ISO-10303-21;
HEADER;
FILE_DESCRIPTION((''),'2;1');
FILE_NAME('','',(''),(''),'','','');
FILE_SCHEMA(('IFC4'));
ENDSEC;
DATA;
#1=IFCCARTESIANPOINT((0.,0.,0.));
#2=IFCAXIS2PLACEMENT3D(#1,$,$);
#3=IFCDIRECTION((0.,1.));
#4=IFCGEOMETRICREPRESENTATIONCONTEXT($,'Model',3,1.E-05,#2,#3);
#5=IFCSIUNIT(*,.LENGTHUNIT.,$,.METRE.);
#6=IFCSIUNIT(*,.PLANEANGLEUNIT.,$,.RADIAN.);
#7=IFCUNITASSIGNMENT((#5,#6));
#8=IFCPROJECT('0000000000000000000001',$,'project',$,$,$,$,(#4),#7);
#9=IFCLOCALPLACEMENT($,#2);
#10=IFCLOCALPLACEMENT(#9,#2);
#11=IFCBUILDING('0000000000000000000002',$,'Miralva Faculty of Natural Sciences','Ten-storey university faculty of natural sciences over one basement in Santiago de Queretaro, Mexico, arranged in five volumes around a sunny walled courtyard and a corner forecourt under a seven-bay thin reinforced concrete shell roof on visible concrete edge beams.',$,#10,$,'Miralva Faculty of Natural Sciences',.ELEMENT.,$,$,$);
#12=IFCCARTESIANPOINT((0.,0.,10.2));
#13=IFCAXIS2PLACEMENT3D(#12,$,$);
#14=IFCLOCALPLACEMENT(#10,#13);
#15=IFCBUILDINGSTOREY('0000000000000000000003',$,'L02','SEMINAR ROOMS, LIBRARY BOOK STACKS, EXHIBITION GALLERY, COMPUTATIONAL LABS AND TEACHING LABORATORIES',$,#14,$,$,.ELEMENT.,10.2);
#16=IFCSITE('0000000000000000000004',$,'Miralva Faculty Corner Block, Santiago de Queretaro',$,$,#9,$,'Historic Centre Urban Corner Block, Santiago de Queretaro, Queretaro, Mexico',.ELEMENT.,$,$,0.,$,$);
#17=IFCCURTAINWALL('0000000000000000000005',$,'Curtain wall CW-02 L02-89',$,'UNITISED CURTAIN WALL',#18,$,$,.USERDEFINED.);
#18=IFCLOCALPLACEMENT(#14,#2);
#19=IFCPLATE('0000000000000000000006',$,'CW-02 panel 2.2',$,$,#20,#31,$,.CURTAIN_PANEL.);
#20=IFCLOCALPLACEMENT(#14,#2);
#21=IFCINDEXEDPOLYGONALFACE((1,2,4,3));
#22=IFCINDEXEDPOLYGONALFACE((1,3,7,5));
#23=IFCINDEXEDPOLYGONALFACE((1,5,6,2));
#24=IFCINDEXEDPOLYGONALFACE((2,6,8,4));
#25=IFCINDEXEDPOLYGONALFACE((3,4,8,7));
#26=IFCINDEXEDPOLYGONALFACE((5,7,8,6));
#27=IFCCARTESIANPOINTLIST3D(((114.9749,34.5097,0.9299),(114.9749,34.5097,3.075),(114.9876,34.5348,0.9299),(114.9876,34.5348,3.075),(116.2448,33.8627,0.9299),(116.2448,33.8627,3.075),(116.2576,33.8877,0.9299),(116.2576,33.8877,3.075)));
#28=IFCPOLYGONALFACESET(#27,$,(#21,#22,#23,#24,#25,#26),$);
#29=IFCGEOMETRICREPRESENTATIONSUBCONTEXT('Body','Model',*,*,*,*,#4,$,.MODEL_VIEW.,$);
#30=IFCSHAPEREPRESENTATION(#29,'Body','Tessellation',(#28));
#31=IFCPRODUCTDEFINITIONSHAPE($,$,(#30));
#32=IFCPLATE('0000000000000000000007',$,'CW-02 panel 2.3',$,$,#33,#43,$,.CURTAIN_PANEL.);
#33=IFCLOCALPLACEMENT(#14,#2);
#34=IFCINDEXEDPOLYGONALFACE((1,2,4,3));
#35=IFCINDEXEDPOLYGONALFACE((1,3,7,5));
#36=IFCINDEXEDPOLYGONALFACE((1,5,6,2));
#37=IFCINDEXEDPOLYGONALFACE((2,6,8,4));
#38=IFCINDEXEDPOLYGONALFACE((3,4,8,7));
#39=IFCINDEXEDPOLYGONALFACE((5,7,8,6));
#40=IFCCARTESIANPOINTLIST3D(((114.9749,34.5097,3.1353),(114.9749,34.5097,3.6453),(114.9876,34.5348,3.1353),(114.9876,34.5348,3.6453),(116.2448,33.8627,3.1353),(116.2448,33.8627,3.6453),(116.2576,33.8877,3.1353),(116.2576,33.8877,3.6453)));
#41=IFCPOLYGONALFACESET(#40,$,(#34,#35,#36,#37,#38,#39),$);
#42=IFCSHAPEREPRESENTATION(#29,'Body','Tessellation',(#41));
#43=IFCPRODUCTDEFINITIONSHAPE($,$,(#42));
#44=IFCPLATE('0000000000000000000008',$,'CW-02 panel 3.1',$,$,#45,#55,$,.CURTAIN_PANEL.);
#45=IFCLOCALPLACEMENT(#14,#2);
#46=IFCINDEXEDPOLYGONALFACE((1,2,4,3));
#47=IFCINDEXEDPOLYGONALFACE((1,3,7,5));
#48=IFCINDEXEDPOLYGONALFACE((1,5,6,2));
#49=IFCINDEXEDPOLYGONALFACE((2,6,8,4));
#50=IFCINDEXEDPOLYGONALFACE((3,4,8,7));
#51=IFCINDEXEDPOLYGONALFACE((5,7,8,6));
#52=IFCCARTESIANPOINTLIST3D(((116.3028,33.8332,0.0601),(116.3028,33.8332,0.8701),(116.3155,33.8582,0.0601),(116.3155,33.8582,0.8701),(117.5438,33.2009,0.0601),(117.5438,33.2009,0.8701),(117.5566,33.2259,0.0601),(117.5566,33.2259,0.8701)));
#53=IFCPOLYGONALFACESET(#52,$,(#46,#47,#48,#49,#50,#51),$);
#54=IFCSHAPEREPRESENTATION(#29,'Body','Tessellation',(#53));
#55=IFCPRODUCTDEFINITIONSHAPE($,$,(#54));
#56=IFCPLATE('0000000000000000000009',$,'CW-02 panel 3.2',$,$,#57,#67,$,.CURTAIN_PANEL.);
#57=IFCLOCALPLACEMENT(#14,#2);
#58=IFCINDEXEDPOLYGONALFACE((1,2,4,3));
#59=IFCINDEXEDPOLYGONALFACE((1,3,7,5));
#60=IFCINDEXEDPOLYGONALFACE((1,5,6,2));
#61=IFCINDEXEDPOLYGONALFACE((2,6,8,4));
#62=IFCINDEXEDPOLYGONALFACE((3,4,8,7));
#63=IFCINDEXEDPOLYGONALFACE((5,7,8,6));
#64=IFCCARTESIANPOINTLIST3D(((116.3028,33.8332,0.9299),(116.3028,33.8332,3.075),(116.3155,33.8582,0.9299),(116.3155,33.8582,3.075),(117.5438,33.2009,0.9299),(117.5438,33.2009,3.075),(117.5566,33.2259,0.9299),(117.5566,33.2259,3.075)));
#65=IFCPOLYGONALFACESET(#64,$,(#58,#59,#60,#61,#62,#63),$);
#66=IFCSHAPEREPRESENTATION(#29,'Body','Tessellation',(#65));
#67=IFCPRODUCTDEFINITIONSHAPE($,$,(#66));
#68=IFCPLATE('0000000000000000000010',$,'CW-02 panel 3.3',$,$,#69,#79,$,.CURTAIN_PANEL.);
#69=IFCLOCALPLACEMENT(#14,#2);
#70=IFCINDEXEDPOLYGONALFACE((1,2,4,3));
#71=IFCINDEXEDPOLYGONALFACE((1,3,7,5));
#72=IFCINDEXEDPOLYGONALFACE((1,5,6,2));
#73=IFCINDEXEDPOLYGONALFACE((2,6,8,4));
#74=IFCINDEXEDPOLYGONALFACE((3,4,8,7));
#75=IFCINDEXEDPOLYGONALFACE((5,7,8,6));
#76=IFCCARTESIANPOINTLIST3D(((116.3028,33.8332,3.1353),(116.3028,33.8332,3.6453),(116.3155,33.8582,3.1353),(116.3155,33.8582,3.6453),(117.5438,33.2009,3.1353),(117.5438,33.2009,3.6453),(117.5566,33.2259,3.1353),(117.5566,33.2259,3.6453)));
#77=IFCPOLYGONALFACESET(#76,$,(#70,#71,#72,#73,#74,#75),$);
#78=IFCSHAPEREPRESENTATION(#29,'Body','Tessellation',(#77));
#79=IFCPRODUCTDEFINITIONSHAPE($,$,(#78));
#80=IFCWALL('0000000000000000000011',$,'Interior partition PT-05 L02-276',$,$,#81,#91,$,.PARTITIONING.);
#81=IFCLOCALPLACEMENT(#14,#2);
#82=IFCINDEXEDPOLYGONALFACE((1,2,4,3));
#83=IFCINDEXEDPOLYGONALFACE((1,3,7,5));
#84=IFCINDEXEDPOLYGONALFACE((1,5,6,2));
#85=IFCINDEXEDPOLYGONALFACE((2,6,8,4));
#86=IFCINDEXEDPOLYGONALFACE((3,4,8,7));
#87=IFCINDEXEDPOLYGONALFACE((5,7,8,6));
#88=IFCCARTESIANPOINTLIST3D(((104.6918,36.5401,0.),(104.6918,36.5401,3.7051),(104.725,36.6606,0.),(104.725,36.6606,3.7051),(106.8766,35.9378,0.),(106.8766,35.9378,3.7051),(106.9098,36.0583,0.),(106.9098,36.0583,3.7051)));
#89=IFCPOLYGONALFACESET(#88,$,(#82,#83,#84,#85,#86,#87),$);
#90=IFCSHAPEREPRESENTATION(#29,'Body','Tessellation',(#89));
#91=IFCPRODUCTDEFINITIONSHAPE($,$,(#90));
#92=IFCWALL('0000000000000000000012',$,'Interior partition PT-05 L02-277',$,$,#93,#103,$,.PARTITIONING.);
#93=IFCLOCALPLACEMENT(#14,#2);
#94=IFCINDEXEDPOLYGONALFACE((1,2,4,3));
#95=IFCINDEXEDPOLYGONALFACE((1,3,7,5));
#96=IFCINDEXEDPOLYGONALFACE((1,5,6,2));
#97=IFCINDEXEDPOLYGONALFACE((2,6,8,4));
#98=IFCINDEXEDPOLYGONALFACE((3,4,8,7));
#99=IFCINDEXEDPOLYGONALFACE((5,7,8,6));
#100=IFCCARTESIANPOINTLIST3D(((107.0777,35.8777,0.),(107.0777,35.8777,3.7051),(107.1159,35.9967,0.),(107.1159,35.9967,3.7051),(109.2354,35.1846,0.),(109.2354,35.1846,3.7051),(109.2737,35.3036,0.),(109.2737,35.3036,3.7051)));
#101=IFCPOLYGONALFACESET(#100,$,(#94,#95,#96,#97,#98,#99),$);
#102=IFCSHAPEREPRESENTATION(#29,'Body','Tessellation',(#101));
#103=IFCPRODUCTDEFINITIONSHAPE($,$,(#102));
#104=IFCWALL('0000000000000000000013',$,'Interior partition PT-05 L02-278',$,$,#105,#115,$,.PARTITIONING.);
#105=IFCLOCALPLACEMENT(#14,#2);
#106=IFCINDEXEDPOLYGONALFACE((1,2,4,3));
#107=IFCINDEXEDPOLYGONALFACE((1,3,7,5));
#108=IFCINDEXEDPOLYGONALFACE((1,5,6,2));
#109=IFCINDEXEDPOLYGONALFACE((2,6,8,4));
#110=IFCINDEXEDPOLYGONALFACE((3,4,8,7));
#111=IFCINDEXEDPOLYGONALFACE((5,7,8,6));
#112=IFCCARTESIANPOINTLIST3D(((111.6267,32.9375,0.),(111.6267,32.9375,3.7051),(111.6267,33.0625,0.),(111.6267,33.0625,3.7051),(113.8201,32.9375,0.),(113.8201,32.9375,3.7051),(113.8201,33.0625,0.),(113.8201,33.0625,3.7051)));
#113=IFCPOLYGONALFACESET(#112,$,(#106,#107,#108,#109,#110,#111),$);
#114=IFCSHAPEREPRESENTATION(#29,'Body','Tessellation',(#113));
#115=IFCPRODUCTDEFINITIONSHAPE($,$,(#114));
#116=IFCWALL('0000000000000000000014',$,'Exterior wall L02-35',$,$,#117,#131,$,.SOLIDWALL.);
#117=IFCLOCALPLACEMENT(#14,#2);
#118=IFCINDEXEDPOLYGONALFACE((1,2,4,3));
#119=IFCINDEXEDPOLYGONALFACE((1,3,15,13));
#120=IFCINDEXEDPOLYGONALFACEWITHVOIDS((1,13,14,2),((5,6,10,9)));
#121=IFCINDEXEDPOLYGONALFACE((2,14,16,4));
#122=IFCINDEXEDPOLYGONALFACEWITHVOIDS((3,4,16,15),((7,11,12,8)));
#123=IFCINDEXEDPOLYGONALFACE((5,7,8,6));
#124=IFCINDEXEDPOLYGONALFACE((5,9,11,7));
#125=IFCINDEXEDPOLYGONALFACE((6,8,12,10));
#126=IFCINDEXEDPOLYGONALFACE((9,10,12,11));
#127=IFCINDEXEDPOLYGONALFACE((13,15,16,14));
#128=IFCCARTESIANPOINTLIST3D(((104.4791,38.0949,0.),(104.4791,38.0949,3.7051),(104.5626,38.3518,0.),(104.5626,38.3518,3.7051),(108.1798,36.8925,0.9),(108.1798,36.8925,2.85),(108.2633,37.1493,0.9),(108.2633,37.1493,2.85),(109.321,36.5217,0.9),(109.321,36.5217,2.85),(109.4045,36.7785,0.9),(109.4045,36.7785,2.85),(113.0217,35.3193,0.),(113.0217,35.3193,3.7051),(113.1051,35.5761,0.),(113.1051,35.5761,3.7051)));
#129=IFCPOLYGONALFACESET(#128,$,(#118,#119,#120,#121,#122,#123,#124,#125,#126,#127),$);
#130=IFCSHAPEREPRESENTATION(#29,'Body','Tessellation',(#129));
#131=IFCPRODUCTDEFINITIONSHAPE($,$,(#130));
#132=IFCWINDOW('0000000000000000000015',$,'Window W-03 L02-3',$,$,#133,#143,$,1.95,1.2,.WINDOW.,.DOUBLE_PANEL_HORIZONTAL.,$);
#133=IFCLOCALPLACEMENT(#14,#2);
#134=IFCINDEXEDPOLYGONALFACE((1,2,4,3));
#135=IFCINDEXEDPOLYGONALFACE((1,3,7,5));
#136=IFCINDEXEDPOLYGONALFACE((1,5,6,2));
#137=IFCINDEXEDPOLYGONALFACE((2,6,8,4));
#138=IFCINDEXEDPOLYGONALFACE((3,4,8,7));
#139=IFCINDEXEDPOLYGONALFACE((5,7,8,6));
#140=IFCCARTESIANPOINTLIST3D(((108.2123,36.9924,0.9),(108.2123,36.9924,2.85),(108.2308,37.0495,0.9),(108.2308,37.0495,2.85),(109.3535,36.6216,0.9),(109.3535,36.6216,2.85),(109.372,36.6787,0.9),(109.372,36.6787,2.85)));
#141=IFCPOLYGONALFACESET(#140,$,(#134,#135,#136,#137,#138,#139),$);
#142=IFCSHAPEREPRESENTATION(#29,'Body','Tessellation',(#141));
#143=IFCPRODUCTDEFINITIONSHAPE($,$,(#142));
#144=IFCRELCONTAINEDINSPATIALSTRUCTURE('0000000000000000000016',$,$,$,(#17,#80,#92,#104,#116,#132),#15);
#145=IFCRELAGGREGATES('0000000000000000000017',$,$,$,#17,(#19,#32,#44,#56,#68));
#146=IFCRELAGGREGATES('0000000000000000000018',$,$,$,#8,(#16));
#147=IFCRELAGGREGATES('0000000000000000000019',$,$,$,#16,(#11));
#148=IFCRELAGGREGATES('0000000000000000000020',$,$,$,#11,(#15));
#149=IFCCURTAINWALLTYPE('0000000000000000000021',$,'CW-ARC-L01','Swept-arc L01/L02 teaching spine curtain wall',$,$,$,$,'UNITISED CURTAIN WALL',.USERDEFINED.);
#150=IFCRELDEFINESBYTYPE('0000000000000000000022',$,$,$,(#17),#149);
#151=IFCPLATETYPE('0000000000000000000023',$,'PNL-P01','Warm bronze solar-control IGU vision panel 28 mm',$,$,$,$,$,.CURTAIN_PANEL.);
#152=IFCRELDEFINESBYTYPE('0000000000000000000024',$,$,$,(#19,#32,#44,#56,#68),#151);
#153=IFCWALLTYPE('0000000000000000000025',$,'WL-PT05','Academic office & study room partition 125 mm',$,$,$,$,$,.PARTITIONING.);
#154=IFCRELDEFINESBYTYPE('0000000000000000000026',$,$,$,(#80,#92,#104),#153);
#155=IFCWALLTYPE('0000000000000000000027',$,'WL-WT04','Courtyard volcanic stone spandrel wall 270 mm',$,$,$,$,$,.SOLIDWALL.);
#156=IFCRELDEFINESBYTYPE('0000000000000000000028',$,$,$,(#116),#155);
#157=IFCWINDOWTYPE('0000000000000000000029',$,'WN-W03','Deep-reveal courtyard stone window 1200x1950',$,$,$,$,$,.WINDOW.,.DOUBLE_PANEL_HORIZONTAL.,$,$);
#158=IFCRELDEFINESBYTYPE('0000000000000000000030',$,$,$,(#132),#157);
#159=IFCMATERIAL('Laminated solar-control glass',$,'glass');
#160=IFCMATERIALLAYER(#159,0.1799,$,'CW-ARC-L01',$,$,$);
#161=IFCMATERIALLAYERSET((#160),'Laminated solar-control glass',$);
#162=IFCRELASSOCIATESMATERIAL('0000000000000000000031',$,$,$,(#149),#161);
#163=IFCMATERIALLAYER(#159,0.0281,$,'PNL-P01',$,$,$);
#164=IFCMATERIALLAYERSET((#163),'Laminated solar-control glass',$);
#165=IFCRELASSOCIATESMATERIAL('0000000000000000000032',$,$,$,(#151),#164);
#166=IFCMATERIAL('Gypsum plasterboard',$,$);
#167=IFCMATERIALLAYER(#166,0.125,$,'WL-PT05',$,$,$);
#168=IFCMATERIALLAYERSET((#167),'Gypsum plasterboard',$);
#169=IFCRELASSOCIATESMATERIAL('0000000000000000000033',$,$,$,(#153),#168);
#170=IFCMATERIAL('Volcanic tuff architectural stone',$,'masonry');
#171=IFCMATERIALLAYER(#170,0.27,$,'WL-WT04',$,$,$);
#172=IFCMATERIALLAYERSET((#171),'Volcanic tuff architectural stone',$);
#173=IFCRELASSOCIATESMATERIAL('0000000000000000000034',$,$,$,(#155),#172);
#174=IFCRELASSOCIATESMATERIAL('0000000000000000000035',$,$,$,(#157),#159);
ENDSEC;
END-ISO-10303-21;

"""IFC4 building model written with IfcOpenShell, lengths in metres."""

from ifc_helpers import new_model, si_unit, direction, frame, frame_2d, origin, origin_2d, place, context, subcontext, project, spatial, rectangle, extrude, material, layer, layer_set, type_object, element, fill, aggregate, save


model = new_model("IFC4")

# Units and contexts
model_context = context("Model", 3, precision=1e-05, world=origin(), true_north=direction((0.0, 1.0)))
body_context = subcontext(model_context, "Body", "Model", "MODEL_VIEW")
ifc_project = project(units=[si_unit("LENGTHUNIT", "METRE"), si_unit("PLANEANGLEUNIT", "RADIAN")], contexts=[model_context])

# Site, building, storey
site_placement = place(None, origin())
site = spatial("IfcSite", under=ifc_project, at=site_placement, Name="Miralva Faculty Corner Block, Santiago de Queretaro", LongName="Historic Centre Urban Corner Block, Santiago de Queretaro, Queretaro, Mexico", CompositionType="ELEMENT", RefElevation=0.0)
building_placement = place(site_placement, origin())
building = spatial("IfcBuilding", under=site, at=building_placement, Name="Miralva Faculty of Natural Sciences", Description="Ten-storey university faculty of natural sciences over one basement in Santiago de Queretaro, Mexico, arranged in five volumes around a sunny walled courtyard and a corner forecourt under a seven-bay thin reinforced concrete shell roof on visible concrete edge beams.", LongName="Miralva Faculty of Natural Sciences", CompositionType="ELEMENT")
storey_placement = place(building_placement, frame((0.0, 0.0, 10.2)))
storey = spatial("IfcBuildingStorey", under=building, at=storey_placement, Name="L02", Description="SEMINAR ROOMS, LIBRARY BOOK STACKS, EXHIBITION GALLERY, COMPUTATIONAL LABS AND TEACHING LABORATORIES", CompositionType="ELEMENT", Elevation=10.2)

# Shared definitions
ifc_material_1 = material(Name="Laminated solar-control glass", Category="glass")
ifc_layer_1 = layer(ifc_material_1, 0.1799, Name="CW-ARC-L01")
ifc_layer_set_1 = layer_set([ifc_layer_1], Name="Laminated solar-control glass")
curtain_wall_type = type_object("IfcCurtainWallType", Name="CW-ARC-L01", Description="Swept-arc L01/L02 teaching spine curtain wall", ElementType="UNITISED CURTAIN WALL", PredefinedType="USERDEFINED", material=ifc_layer_set_1)

# Curtain wall
curtain_wall_1_placement = place(storey_placement, origin())
curtain_wall_1 = element("IfcCurtainWall", 1, at=curtain_wall_1_placement, inside=storey, type_object=curtain_wall_type, Name="Curtain wall CW-02 L02-89", ObjectType="UNITISED CURTAIN WALL", PredefinedType="USERDEFINED")

# Plates
ifc_layer_2 = layer(ifc_material_1, 0.0281, Name="PNL-P01")
ifc_layer_set_2 = layer_set([ifc_layer_2], Name="Laminated solar-control glass")
plate_type = type_object("IfcPlateType", Name="PNL-P01", Description="Warm bronze solar-control IGU vision panel 28 mm", PredefinedType="CURTAIN_PANEL", material=ifc_layer_set_2)
plate_1_placement = place(storey_placement, frame((115.6162, 34.1987, 0.9299), z_axis=(0.0, 0.0, 1.0), x_axis=(0.891015, -0.453973, 0.0)))
plate_1 = element("IfcPlate", 2, at=plate_1_placement, type_object=plate_type, Name="CW-02 panel 2.2", PredefinedType="CURTAIN_PANEL", context=body_context, shape_type="SweptSolid", body=[
    extrude(rectangle(XDim=1.4253, YDim=0.0281, at=origin_2d()), origin(), (0.0, 0.0, 1.0), 2.145),
])
plate_2_placement = place(storey_placement, frame((115.6162, 34.1987, 3.1353), z_axis=(0.0, 0.0, 1.0), x_axis=(0.891015, -0.453973, 0.0)))
plate_2 = element("IfcPlate", 3, at=plate_2_placement, type_object=plate_type, Name="CW-02 panel 2.3", PredefinedType="CURTAIN_PANEL", context=body_context, shape_type="SweptSolid", body=[
    extrude(rectangle(XDim=1.4253, YDim=0.0281, at=origin_2d()), origin(), (0.0, 0.0, 1.0), 0.51),
])
plate_3_placement = place(storey_placement, frame((116.9297, 33.5295, 0.0601), z_axis=(0.0, 0.0, 1.0), x_axis=(0.891015, -0.453973, 0.0)))
plate_3 = element("IfcPlate", 4, at=plate_3_placement, type_object=plate_type, Name="CW-02 panel 3.1", PredefinedType="CURTAIN_PANEL", context=body_context, shape_type="SweptSolid", body=[
    extrude(rectangle(XDim=1.3928, YDim=0.0281, at=origin_2d()), origin(), (0.0, 0.0, 1.0), 0.8101),
])
plate_4_placement = place(storey_placement, frame((116.9297, 33.5295, 0.9299), z_axis=(0.0, 0.0, 1.0), x_axis=(0.891015, -0.453973, 0.0)))
plate_4 = element("IfcPlate", 5, at=plate_4_placement, type_object=plate_type, Name="CW-02 panel 3.2", PredefinedType="CURTAIN_PANEL", context=body_context, shape_type="SweptSolid", body=[
    extrude(rectangle(XDim=1.3928, YDim=0.0281, at=origin_2d()), origin(), (0.0, 0.0, 1.0), 2.145),
])
plate_5_placement = place(storey_placement, frame((116.9297, 33.5295, 3.1353), z_axis=(0.0, 0.0, 1.0), x_axis=(0.891015, -0.453973, 0.0)))
plate_5 = element("IfcPlate", 6, at=plate_5_placement, type_object=plate_type, Name="CW-02 panel 3.3", PredefinedType="CURTAIN_PANEL", context=body_context, shape_type="SweptSolid", body=[
    extrude(rectangle(XDim=1.3928, YDim=0.0281, at=origin_2d()), origin(), (0.0, 0.0, 1.0), 0.51),
])
aggregate(curtain_wall_1, [plate_1, plate_2, plate_3, plate_4, plate_5])

# Walls
ifc_material_2 = material(Name="Gypsum plasterboard")
ifc_layer_3 = layer(ifc_material_2, 0.125, Name="WL-PT05")
ifc_layer_set_3 = layer_set([ifc_layer_3], Name="Gypsum plasterboard")
wall_type_1 = type_object("IfcWallType", Name="WL-PT05", Description="Academic office & study room partition 125 mm", PredefinedType="PARTITIONING", material=ifc_layer_set_3)
for number, where, z_axis, x_axis, name in (
    (7, (104.7083, 36.6003, 0.0), (0.0, 0.0, 1.0), (0.964039, -0.26576, 0.0), "Interior partition PT-05 L02-276"),
    (8, (107.0967, 35.9373, 0.0), (0.0, 0.0, 1.0), (0.952085, -0.305835, 0.0), "Interior partition PT-05 L02-277"),
):
    element("IfcWall", number, at=place(storey_placement, frame(where, z_axis=z_axis, x_axis=x_axis)), inside=storey, type_object=wall_type_1, Name=name, PredefinedType="PARTITIONING", context=body_context, shape_type="SweptSolid", body=[
        extrude(rectangle(XDim=2.2664, YDim=0.125, at=frame_2d((1.1333, 0.0))), origin(), (0.0, 0.0, 1.0), 3.7051),
    ])
wall_1_placement = place(storey_placement, frame((111.6267, 33.0, 0.0), z_axis=(0.0, 0.0, 1.0), x_axis=(1.0, 0.0, 0.0)))
element("IfcWall", 9, at=wall_1_placement, inside=storey, type_object=wall_type_1, Name="Interior partition PT-05 L02-278", PredefinedType="PARTITIONING", context=body_context, shape_type="SweptSolid", body=[
    extrude(rectangle(XDim=2.1934, YDim=0.125, at=frame_2d((1.0967, 0.0))), origin(), (0.0, 0.0, 1.0), 3.7051),
])

# Wall, opening, window
ifc_material_3 = material(Name="Volcanic tuff architectural stone", Category="masonry")
ifc_layer_4 = layer(ifc_material_3, 0.27, Name="WL-WT04")
ifc_layer_set_4 = layer_set([ifc_layer_4], Name="Volcanic tuff architectural stone")
wall_type_2 = type_object("IfcWallType", Name="WL-WT04", Description="Courtyard volcanic stone spandrel wall 270 mm", PredefinedType="SOLIDWALL", material=ifc_layer_set_4)
wall_2_placement = place(storey_placement, frame((104.5208, 38.2234, 0.0), z_axis=(0.0, 0.0, 1.0), x_axis=(0.951056, -0.309018, 0.0)))
wall_2 = element("IfcWall", 10, at=wall_2_placement, inside=storey, type_object=wall_type_2, Name="Exterior wall L02-35", PredefinedType="SOLIDWALL", context=body_context, shape_type="SweptSolid", body=[
    extrude(rectangle(XDim=8.9822, YDim=0.27, at=frame_2d((4.4912, 0.0))), origin(), (0.0, 0.0, 1.0), 3.7051),
])
opening_placement = place(wall_2_placement, frame((3.8911, 0.0, 0.8999)))
opening = element("IfcOpeningElement", 11, at=opening_placement, cuts=wall_2, PredefinedType="OPENING", context=body_context, shape_type="SweptSolid", body=[
    extrude(rectangle(XDim=1.2, YDim=1.95, at=frame_2d((0.6001, 0.9751))), frame((0.0, 0.145, 0.0), z_axis=(0.0, -1.0, 0.0), x_axis=(1.0, 0.0, 0.0)), (0.0, 0.0, 1.0), 0.29),
])
window_type = type_object("IfcWindowType", Name="WN-W03", Description="Deep-reveal courtyard stone window 1200x1950", PartitioningType="DOUBLE_PANEL_HORIZONTAL", PredefinedType="WINDOW", material=ifc_material_1)
window_placement = place(opening_placement, origin())
window = element("IfcWindow", 12, at=window_placement, inside=storey, type_object=window_type, Name="Window W-03 L02-3", OverallHeight=1.95, OverallWidth=1.2, PartitioningType="DOUBLE_PANEL_HORIZONTAL", PredefinedType="WINDOW", context=body_context, shape_type="SweptSolid", body=[
    extrude(rectangle(XDim=1.2, YDim=1.95, at=frame_2d((0.6001, 0.9751))), frame((0.0, 0.03, 0.0), z_axis=(0.0, -1.0, 0.0), x_axis=(1.0, 0.0, 0.0)), (0.0, 0.0, 1.0), 0.0601),
])
fill(opening, window)

save(model, "model.ifc")
